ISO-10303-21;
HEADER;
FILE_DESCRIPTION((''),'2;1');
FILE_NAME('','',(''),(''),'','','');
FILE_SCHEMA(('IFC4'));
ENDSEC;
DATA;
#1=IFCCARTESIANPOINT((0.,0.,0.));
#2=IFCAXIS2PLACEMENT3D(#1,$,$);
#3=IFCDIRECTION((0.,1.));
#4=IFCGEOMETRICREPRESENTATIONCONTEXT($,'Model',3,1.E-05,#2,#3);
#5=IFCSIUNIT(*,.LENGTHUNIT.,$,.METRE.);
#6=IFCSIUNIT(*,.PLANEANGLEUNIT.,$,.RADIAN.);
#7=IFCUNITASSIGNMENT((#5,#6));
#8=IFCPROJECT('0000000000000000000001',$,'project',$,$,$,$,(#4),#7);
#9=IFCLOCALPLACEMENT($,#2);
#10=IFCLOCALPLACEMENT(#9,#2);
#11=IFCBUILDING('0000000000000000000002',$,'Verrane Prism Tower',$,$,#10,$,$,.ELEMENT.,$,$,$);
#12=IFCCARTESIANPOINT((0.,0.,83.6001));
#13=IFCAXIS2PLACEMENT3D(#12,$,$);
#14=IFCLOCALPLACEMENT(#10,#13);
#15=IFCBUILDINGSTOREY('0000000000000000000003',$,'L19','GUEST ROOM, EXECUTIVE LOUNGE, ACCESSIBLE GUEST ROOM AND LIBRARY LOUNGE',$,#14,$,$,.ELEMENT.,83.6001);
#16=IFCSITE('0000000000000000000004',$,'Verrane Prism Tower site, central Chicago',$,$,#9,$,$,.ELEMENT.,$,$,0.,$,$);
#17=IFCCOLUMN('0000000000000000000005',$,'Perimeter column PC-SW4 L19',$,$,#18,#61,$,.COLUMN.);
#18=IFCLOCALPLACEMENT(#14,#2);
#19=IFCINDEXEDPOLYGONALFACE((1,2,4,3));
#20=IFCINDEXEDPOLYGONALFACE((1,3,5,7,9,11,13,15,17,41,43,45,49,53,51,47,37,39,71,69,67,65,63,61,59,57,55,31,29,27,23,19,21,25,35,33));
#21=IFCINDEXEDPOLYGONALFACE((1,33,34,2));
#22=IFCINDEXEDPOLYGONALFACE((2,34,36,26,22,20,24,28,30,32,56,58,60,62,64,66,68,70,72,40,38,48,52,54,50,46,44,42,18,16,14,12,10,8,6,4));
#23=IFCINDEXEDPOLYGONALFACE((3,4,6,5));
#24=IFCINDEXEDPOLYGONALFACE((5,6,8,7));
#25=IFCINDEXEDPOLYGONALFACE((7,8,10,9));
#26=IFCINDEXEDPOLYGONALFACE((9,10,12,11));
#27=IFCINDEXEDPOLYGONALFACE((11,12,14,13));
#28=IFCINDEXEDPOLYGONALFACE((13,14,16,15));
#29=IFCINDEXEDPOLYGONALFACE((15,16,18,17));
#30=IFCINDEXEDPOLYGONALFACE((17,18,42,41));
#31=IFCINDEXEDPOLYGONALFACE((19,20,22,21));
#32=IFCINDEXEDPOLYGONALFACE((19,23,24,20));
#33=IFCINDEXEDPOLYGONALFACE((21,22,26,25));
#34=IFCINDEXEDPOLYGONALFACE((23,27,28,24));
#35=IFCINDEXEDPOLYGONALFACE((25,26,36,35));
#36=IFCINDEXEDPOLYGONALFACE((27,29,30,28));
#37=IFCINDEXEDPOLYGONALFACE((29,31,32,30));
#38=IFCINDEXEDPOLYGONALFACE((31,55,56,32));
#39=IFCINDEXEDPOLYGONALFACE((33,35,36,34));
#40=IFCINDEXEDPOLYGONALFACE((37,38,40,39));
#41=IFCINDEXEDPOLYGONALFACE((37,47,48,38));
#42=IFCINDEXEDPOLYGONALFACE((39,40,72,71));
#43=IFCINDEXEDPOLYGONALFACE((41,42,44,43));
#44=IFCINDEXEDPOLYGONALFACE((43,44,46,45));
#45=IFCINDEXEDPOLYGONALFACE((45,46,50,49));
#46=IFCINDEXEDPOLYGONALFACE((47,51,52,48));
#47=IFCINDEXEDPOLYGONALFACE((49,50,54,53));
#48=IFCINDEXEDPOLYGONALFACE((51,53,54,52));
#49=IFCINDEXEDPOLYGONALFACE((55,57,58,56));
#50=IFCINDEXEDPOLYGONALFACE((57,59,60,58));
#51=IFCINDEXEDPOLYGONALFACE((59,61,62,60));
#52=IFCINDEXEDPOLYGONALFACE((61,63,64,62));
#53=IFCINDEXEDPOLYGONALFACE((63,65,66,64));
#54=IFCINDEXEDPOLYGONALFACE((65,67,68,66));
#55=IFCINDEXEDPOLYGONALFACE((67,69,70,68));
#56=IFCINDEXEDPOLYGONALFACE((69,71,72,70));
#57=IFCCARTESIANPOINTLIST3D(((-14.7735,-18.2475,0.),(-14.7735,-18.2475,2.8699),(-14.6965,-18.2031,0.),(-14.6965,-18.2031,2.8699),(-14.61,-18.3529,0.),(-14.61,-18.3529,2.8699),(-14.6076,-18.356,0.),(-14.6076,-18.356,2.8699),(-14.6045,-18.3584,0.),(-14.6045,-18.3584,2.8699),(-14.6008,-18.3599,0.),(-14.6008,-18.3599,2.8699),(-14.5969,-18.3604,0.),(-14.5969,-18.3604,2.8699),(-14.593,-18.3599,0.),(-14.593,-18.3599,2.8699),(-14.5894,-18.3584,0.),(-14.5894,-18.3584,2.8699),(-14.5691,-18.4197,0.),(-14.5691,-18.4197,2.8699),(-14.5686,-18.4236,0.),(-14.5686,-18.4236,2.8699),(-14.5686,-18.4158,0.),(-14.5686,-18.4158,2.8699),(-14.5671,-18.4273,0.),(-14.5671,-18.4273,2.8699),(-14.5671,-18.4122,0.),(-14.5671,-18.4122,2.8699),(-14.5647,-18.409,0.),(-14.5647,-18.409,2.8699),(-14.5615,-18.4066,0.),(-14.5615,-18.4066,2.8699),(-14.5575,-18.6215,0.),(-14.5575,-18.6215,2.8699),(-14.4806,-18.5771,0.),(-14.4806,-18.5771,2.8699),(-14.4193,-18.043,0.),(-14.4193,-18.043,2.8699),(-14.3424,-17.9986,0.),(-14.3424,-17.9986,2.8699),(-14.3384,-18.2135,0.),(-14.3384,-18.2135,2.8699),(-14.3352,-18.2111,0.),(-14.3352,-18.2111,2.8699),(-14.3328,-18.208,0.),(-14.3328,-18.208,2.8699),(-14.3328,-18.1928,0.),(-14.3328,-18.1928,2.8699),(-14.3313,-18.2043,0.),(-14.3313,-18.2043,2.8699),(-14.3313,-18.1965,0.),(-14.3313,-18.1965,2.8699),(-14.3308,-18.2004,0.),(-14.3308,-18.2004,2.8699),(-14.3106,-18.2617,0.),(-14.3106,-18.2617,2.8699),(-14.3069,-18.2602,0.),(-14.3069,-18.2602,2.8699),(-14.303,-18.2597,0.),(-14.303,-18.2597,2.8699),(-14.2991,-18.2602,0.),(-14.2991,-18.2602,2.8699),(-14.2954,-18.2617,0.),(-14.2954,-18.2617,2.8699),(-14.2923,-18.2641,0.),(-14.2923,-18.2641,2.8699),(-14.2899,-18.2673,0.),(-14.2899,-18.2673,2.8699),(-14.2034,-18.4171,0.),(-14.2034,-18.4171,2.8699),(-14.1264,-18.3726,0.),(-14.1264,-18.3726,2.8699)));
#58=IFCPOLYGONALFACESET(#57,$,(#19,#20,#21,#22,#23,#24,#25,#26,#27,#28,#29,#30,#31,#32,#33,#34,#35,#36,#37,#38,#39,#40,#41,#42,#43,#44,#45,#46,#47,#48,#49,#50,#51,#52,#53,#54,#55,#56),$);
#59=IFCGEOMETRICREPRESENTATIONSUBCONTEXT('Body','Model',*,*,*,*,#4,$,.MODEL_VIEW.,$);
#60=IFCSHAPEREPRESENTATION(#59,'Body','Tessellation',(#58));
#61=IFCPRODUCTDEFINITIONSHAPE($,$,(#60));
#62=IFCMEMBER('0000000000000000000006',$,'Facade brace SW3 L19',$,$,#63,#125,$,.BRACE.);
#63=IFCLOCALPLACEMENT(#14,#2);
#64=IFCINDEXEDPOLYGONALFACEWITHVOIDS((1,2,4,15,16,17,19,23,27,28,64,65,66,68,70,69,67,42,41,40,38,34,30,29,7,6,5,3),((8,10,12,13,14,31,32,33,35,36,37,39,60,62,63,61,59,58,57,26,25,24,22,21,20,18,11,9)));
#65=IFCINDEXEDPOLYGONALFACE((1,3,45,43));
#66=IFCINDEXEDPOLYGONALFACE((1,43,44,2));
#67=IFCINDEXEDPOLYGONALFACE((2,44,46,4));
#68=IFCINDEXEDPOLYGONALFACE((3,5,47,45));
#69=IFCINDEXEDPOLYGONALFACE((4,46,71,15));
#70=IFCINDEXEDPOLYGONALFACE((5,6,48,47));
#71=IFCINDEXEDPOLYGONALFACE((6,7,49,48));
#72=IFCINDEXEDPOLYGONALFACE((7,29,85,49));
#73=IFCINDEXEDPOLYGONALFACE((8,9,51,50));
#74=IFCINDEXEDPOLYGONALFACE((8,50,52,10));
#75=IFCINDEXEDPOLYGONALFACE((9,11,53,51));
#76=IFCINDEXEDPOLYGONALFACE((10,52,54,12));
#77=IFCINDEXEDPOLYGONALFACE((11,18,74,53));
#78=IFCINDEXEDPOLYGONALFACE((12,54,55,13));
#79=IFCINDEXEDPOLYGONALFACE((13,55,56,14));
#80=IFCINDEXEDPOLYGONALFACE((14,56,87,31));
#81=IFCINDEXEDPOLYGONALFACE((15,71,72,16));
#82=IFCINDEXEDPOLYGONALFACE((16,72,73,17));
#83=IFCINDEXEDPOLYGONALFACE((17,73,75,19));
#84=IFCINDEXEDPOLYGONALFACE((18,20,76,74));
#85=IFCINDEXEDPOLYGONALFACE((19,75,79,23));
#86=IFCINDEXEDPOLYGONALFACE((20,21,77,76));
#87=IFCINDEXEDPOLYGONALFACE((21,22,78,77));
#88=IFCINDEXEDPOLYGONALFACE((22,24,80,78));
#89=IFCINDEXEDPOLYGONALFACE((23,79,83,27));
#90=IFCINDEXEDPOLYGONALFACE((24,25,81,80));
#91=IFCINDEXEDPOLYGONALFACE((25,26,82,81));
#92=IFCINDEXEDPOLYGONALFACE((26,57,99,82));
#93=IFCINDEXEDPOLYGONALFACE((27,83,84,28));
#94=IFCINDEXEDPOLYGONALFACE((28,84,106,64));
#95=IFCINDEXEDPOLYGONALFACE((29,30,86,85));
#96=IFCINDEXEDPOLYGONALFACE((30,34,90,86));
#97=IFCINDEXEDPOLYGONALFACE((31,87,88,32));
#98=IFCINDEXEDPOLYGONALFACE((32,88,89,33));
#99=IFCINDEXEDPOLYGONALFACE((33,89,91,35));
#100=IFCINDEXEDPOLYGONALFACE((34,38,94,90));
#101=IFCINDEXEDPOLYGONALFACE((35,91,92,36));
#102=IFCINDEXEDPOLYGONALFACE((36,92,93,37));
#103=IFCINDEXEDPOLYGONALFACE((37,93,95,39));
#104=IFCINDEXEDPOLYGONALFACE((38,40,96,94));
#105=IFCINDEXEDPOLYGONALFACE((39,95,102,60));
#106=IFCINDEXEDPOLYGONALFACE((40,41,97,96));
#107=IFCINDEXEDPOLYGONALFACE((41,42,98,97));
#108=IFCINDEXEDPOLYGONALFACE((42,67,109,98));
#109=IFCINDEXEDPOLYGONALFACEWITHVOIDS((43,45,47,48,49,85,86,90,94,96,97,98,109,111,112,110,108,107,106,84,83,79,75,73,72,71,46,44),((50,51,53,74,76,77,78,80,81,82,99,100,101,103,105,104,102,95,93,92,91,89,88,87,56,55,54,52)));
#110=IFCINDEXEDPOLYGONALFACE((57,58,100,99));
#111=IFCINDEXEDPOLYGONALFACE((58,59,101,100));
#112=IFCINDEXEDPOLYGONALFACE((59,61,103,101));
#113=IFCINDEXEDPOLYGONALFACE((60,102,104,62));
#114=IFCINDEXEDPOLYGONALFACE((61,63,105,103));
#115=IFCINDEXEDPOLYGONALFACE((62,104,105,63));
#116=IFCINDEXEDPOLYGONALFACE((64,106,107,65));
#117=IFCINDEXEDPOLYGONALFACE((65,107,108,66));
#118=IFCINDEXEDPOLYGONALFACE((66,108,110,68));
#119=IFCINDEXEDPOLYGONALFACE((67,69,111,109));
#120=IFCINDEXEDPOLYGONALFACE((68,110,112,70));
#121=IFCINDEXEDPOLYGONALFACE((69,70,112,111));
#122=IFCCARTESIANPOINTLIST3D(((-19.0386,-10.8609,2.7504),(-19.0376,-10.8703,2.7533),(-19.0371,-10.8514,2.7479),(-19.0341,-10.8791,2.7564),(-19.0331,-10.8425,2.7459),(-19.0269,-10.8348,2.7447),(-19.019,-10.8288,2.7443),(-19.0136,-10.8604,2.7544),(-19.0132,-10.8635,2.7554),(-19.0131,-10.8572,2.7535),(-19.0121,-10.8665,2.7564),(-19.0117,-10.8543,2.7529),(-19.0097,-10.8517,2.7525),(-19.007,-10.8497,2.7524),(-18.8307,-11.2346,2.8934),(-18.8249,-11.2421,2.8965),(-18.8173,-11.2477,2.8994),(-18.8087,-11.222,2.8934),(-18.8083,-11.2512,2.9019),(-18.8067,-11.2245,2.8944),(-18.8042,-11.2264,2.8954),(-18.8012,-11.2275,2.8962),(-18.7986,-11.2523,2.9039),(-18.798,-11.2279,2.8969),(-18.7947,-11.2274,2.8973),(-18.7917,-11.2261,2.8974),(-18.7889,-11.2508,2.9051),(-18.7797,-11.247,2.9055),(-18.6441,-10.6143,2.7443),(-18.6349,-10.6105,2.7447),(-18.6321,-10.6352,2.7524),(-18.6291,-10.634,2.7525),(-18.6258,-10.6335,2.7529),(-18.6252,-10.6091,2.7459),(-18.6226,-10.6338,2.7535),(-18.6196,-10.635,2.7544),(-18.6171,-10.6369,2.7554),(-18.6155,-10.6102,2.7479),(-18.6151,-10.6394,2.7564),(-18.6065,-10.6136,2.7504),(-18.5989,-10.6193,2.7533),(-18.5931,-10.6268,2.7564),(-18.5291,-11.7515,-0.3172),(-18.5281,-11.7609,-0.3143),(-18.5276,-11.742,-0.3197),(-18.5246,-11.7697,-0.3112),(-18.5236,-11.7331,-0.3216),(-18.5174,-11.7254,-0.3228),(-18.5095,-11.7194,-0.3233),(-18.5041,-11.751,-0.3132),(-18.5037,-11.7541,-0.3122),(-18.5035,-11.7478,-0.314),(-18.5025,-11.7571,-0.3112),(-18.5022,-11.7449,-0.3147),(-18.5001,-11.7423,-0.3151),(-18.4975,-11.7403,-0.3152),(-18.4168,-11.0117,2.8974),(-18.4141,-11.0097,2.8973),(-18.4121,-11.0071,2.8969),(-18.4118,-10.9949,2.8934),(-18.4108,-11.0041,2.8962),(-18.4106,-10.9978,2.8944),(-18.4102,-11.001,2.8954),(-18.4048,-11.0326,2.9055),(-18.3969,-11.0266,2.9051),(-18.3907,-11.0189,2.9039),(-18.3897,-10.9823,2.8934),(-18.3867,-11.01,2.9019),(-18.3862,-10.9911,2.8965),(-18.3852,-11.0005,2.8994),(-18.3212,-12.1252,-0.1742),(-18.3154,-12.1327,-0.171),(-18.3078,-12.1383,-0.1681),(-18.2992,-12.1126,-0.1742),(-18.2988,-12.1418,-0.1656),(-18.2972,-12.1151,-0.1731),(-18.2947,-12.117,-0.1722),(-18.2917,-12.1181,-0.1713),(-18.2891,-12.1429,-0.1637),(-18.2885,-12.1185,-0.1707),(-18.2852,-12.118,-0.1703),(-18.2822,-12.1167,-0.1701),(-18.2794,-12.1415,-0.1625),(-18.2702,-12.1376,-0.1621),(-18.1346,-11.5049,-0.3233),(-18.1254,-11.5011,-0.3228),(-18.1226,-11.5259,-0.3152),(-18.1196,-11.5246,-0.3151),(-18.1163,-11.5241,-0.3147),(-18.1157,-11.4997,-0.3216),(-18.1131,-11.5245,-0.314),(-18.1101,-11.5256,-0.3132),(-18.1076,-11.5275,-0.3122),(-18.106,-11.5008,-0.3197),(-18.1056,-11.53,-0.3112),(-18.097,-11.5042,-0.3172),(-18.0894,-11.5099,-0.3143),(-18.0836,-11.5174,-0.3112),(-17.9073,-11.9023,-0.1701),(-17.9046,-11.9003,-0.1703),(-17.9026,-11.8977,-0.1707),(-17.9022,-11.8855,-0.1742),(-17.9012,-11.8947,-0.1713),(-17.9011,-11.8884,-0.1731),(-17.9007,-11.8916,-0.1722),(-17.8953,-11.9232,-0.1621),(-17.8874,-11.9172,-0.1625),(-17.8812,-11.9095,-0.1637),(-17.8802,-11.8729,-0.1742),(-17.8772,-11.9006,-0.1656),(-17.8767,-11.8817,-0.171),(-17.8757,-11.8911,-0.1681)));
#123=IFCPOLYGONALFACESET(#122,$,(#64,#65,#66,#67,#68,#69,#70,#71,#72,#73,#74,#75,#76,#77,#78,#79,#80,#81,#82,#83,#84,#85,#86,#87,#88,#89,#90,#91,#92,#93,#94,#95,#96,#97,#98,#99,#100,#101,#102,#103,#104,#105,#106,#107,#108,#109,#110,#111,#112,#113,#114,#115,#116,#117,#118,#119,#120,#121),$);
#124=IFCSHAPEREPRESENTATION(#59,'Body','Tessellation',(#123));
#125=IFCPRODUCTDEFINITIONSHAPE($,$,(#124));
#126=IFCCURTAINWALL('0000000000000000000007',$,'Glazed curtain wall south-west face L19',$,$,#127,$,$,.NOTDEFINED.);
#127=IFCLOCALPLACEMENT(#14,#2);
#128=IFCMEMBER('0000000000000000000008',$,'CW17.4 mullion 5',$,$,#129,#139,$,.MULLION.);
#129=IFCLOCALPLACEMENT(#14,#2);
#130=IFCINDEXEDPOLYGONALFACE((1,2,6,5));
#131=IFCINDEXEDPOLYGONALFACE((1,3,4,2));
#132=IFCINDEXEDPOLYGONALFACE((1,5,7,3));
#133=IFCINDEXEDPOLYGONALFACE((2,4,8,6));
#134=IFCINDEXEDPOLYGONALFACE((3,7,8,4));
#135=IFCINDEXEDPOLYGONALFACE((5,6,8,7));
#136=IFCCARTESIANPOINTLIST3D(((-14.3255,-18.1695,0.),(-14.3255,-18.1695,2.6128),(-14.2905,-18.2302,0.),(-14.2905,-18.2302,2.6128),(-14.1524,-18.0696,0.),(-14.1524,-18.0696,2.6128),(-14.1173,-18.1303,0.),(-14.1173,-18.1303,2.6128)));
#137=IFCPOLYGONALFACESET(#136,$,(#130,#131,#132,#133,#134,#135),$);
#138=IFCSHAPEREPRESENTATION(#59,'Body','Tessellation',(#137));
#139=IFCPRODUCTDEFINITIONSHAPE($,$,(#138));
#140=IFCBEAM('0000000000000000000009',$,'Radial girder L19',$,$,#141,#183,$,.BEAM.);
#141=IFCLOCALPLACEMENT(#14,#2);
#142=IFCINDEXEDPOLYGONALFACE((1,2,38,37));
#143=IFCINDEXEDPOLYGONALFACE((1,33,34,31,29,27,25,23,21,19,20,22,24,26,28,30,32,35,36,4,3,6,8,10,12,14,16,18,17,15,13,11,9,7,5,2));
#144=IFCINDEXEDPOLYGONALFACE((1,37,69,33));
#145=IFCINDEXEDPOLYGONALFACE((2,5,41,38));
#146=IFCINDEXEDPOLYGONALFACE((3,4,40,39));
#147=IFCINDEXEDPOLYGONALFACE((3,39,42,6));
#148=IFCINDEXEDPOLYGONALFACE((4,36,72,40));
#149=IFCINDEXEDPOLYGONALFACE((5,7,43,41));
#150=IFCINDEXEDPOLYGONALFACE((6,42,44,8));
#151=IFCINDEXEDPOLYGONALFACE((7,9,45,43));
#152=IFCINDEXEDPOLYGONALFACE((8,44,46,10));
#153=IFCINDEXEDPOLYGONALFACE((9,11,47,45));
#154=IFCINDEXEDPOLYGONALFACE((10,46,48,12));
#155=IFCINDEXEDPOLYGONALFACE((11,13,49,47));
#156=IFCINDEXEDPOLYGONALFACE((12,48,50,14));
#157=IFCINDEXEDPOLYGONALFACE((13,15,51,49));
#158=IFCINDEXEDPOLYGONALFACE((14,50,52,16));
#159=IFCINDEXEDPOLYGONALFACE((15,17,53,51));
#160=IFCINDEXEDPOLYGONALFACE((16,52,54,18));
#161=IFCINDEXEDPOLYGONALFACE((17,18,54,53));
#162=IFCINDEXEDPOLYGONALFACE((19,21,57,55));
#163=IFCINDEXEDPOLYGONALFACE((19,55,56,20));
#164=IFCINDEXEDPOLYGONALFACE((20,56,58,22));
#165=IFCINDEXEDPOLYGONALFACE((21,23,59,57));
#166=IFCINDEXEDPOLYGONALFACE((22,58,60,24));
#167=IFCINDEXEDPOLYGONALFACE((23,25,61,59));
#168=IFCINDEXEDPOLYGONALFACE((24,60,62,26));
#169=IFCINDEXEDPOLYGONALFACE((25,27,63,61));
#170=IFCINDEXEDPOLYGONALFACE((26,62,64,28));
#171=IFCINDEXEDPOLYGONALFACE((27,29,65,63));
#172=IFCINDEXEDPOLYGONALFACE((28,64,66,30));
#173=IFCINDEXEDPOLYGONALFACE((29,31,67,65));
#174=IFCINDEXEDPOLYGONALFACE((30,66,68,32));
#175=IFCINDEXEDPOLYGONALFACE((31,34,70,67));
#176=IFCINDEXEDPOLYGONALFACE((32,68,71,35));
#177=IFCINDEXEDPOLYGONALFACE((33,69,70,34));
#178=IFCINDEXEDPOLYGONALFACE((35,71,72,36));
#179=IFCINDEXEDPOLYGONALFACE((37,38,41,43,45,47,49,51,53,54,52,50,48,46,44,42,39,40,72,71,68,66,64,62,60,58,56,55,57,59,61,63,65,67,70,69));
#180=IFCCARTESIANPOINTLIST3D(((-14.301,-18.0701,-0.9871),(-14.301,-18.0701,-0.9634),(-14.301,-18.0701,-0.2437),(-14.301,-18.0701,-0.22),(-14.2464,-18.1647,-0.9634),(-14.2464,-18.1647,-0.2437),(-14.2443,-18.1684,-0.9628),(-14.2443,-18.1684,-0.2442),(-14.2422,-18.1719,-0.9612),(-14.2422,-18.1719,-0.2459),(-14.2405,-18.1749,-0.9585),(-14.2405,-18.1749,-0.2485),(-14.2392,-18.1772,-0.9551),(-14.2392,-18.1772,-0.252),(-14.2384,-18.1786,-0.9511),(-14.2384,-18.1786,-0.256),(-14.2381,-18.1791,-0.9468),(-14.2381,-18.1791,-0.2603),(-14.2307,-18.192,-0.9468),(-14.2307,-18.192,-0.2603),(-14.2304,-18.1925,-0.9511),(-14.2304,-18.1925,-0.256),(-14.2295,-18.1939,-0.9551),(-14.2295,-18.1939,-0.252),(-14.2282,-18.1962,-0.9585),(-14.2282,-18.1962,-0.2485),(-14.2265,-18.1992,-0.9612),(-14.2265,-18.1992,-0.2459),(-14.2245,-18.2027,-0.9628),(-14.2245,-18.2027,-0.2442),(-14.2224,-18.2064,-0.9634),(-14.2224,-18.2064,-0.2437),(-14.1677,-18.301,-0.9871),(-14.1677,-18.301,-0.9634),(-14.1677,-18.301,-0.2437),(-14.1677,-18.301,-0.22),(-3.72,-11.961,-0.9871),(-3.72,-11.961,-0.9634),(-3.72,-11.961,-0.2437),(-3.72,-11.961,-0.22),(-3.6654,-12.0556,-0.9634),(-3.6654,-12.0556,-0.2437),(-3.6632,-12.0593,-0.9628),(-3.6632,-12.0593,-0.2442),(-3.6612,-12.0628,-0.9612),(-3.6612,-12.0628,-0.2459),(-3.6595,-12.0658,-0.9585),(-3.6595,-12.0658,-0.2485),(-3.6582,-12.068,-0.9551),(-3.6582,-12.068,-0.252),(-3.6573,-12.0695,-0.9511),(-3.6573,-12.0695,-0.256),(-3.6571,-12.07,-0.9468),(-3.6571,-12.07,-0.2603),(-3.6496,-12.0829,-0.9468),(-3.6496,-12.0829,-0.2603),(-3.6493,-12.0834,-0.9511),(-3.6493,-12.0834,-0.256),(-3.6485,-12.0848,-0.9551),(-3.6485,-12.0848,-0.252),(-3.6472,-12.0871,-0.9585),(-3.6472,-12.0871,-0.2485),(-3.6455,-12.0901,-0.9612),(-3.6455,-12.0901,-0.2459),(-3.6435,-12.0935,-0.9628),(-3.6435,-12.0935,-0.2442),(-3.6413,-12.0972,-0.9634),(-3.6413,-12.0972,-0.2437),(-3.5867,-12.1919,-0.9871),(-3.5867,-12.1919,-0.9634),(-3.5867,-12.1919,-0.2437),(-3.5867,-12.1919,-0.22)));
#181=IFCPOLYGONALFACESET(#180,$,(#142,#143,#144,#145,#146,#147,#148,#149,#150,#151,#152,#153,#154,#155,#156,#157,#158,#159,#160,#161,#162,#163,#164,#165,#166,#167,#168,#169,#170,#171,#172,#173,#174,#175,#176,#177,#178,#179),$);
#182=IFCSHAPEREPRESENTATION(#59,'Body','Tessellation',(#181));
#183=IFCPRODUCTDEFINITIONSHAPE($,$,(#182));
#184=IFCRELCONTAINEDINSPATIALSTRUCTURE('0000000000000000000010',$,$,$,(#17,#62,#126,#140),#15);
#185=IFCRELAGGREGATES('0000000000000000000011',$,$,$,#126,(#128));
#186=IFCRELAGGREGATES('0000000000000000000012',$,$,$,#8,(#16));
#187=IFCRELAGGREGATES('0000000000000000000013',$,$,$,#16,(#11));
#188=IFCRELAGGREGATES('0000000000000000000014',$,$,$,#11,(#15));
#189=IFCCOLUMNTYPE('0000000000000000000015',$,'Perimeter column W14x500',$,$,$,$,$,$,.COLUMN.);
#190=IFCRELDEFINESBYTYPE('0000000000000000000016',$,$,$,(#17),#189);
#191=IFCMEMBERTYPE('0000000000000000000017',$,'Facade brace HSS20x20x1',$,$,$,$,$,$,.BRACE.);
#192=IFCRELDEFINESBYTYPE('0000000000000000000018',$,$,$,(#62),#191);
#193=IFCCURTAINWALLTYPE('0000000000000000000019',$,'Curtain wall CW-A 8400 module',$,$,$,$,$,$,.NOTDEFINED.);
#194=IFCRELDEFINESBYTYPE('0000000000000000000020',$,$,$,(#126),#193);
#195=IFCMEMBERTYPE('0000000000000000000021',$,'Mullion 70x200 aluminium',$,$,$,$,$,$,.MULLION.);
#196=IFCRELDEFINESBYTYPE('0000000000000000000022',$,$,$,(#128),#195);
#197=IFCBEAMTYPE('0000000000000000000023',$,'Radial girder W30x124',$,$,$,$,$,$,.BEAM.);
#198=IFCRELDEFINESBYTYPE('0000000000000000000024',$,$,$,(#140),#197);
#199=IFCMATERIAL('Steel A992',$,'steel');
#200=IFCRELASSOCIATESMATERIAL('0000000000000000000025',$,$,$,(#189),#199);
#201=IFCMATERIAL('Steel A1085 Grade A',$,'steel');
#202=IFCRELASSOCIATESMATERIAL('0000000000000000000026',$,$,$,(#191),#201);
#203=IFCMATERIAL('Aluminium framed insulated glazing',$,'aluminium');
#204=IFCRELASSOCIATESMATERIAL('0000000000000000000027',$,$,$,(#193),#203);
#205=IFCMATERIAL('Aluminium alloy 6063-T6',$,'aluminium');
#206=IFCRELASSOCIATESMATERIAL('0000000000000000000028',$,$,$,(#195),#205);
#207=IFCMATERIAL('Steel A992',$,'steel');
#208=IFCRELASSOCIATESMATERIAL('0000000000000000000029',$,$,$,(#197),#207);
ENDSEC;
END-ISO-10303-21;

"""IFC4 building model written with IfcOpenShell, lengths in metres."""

from ifc_helpers import new_model, si_unit, direction, frame, origin, origin_2d, place, context, subcontext, project, spatial, rectangle, hollow_rectangle, i_section, extrude, material, material_profile, profile_set, type_object, element, aggregate, save


model = new_model("IFC4")

# Units and contexts
model_context = context("Model", 3, precision=1e-05, world=origin(), true_north=direction((0.0, 1.0)))
body_context = subcontext(model_context, "Body", "Model", "MODEL_VIEW")
ifc_project = project(units=[si_unit("LENGTHUNIT", "METRE"), si_unit("PLANEANGLEUNIT", "RADIAN")], contexts=[model_context])

# Site, building, storey
site_placement = place(None, origin())
site = spatial("IfcSite", under=ifc_project, at=site_placement, Name="Verrane Prism Tower site, central Chicago", CompositionType="ELEMENT", RefElevation=0.0)
building_placement = place(site_placement, origin())
building = spatial("IfcBuilding", under=site, at=building_placement, Name="Verrane Prism Tower", CompositionType="ELEMENT")
storey_placement = place(building_placement, frame((0.0, 0.0, 83.6001)))
storey = spatial("IfcBuildingStorey", under=building, at=storey_placement, Name="L19", Description="GUEST ROOM, EXECUTIVE LOUNGE, ACCESSIBLE GUEST ROOM AND LIBRARY LOUNGE", CompositionType="ELEMENT", Elevation=83.6001)

# Column
ifc_material_1 = material(Name="Steel A992", Category="steel")
ifc_material_profile_1 = material_profile(ifc_material_1, i_section(OverallWidth=0.4319, OverallDepth=0.4978, WebThickness=0.0557, FlangeThickness=0.0889, FilletRadius=0.0151, at=origin_2d()), Name="W14x500")
ifc_profile_set_1 = profile_set([ifc_material_profile_1], Name="Steel A992")
column_type = type_object("IfcColumnType", Name="Perimeter column W14x500", PredefinedType="COLUMN", material=ifc_profile_set_1)
column_placement = place(storey_placement, frame((-14.45, -18.3101, 0.0), z_axis=(0.0, 0.0, 1.0), x_axis=(-0.5, 0.866025, 0.0)))
element("IfcColumn", 1, at=column_placement, inside=storey, type_object=column_type, Name="Perimeter column PC-SW4 L19", PredefinedType="COLUMN", context=body_context, shape_type="SweptSolid", body=[
    extrude(i_section(OverallWidth=0.4319, OverallDepth=0.4978, WebThickness=0.0557, FlangeThickness=0.0889, FilletRadius=0.0151, at=origin_2d()), origin(), (0.0, 0.0, 1.0), 2.8699),
])

# Member
ifc_material_2 = material(Name="Steel A1085 Grade A", Category="steel")
ifc_material_profile_2 = material_profile(ifc_material_2, hollow_rectangle(XDim=0.5081, YDim=0.5081, WallThickness=0.0254, InnerFilletRadius=0.0127, OuterFilletRadius=0.0381, at=origin_2d()), Name="HSS20x20x1")
ifc_profile_set_2 = profile_set([ifc_material_profile_2], Name="Steel A1085 Grade A")
member_type_1 = type_object("IfcMemberType", Name="Facade brace HSS20x20x1", PredefinedType="BRACE", material=ifc_profile_set_2)
member_1_placement = place(storey_placement, frame((-18.2024, -11.8213, -0.2427), z_axis=(-0.157518, 0.275336, 0.948355), x_axis=(-0.867994, -0.496574, 0.0)))
element("IfcMember", 2, at=member_1_placement, inside=storey, type_object=member_type_1, Name="Facade brace SW3 L19", PredefinedType="BRACE", context=body_context, shape_type="SweptSolid", body=[
    extrude(hollow_rectangle(XDim=0.5081, YDim=0.5081, WallThickness=0.0254, InnerFilletRadius=0.0127, OuterFilletRadius=0.0381, at=origin_2d()), origin(), (0.0, 0.0, 1.0), 3.2346),
])

# Curtain wall, member
ifc_material_3 = material(Name="Aluminium framed insulated glazing", Category="aluminium")
curtain_wall_type = type_object("IfcCurtainWallType", Name="Curtain wall CW-A 8400 module", PredefinedType="NOTDEFINED", material=ifc_material_3)
curtain_wall_placement = place(storey_placement, origin())
curtain_wall = element("IfcCurtainWall", 3, at=curtain_wall_placement, inside=storey, type_object=curtain_wall_type, Name="Glazed curtain wall south-west face L19", PredefinedType="NOTDEFINED")
ifc_material_4 = material(Name="Aluminium alloy 6063-T6", Category="aluminium")
ifc_material_profile_3 = material_profile(ifc_material_4, rectangle(XDim=0.2, YDim=0.0701, at=origin_2d()), Name="Mullion 70x200 aluminium")
ifc_profile_set_3 = profile_set([ifc_material_profile_3], Name="Aluminium alloy 6063-T6")
member_type_2 = type_object("IfcMemberType", Name="Mullion 70x200 aluminium", PredefinedType="MULLION", material=ifc_profile_set_3)
member_2_placement = place(storey_placement, frame((-14.2214, -18.1499, 0.0), z_axis=(0.0, 0.0, 1.0), x_axis=(0.866026, 0.499999, 0.0)))
member_2 = element("IfcMember", 4, at=member_2_placement, type_object=member_type_2, Name="CW17.4 mullion 5", PredefinedType="MULLION", context=body_context, shape_type="SweptSolid", body=[
    extrude(rectangle(XDim=0.2, YDim=0.0701, at=origin_2d()), origin(), (0.0, 0.0, 1.0), 2.6128),
])

# Beam
ifc_material_5 = material(Name="Steel A992", Category="steel")
ifc_material_profile_4 = material_profile(ifc_material_5, i_section(OverallWidth=0.2666, OverallDepth=0.7671, WebThickness=0.0149, FlangeThickness=0.0237, FilletRadius=0.0166, at=origin_2d()), Name="W30x124")
ifc_profile_set_4 = profile_set([ifc_material_profile_4], Name="Steel A992")
beam_type_1 = type_object("IfcBeamType", Name="Radial girder W30x124", PredefinedType="BEAM", material=ifc_profile_set_4)
beam_1_placement = place(storey_placement, frame((-14.2344, -18.1855, -0.6035), z_axis=(0.86602, 0.50001, 0.0), x_axis=(-0.50001, 0.86602, 0.0)))
element("IfcBeam", 5, at=beam_1_placement, inside=storey, type_object=beam_type_1, Name="Radial girder L19", PredefinedType="BEAM", context=body_context, shape_type="SweptSolid", body=[
    extrude(i_section(OverallWidth=0.2666, OverallDepth=0.7671, WebThickness=0.0149, FlangeThickness=0.0237, FilletRadius=0.0166, at=origin_2d()), origin(), (0.0, 0.0, 1.0), 12.218),
])

aggregate(curtain_wall, [member_2])

save(model, "model.ifc")
